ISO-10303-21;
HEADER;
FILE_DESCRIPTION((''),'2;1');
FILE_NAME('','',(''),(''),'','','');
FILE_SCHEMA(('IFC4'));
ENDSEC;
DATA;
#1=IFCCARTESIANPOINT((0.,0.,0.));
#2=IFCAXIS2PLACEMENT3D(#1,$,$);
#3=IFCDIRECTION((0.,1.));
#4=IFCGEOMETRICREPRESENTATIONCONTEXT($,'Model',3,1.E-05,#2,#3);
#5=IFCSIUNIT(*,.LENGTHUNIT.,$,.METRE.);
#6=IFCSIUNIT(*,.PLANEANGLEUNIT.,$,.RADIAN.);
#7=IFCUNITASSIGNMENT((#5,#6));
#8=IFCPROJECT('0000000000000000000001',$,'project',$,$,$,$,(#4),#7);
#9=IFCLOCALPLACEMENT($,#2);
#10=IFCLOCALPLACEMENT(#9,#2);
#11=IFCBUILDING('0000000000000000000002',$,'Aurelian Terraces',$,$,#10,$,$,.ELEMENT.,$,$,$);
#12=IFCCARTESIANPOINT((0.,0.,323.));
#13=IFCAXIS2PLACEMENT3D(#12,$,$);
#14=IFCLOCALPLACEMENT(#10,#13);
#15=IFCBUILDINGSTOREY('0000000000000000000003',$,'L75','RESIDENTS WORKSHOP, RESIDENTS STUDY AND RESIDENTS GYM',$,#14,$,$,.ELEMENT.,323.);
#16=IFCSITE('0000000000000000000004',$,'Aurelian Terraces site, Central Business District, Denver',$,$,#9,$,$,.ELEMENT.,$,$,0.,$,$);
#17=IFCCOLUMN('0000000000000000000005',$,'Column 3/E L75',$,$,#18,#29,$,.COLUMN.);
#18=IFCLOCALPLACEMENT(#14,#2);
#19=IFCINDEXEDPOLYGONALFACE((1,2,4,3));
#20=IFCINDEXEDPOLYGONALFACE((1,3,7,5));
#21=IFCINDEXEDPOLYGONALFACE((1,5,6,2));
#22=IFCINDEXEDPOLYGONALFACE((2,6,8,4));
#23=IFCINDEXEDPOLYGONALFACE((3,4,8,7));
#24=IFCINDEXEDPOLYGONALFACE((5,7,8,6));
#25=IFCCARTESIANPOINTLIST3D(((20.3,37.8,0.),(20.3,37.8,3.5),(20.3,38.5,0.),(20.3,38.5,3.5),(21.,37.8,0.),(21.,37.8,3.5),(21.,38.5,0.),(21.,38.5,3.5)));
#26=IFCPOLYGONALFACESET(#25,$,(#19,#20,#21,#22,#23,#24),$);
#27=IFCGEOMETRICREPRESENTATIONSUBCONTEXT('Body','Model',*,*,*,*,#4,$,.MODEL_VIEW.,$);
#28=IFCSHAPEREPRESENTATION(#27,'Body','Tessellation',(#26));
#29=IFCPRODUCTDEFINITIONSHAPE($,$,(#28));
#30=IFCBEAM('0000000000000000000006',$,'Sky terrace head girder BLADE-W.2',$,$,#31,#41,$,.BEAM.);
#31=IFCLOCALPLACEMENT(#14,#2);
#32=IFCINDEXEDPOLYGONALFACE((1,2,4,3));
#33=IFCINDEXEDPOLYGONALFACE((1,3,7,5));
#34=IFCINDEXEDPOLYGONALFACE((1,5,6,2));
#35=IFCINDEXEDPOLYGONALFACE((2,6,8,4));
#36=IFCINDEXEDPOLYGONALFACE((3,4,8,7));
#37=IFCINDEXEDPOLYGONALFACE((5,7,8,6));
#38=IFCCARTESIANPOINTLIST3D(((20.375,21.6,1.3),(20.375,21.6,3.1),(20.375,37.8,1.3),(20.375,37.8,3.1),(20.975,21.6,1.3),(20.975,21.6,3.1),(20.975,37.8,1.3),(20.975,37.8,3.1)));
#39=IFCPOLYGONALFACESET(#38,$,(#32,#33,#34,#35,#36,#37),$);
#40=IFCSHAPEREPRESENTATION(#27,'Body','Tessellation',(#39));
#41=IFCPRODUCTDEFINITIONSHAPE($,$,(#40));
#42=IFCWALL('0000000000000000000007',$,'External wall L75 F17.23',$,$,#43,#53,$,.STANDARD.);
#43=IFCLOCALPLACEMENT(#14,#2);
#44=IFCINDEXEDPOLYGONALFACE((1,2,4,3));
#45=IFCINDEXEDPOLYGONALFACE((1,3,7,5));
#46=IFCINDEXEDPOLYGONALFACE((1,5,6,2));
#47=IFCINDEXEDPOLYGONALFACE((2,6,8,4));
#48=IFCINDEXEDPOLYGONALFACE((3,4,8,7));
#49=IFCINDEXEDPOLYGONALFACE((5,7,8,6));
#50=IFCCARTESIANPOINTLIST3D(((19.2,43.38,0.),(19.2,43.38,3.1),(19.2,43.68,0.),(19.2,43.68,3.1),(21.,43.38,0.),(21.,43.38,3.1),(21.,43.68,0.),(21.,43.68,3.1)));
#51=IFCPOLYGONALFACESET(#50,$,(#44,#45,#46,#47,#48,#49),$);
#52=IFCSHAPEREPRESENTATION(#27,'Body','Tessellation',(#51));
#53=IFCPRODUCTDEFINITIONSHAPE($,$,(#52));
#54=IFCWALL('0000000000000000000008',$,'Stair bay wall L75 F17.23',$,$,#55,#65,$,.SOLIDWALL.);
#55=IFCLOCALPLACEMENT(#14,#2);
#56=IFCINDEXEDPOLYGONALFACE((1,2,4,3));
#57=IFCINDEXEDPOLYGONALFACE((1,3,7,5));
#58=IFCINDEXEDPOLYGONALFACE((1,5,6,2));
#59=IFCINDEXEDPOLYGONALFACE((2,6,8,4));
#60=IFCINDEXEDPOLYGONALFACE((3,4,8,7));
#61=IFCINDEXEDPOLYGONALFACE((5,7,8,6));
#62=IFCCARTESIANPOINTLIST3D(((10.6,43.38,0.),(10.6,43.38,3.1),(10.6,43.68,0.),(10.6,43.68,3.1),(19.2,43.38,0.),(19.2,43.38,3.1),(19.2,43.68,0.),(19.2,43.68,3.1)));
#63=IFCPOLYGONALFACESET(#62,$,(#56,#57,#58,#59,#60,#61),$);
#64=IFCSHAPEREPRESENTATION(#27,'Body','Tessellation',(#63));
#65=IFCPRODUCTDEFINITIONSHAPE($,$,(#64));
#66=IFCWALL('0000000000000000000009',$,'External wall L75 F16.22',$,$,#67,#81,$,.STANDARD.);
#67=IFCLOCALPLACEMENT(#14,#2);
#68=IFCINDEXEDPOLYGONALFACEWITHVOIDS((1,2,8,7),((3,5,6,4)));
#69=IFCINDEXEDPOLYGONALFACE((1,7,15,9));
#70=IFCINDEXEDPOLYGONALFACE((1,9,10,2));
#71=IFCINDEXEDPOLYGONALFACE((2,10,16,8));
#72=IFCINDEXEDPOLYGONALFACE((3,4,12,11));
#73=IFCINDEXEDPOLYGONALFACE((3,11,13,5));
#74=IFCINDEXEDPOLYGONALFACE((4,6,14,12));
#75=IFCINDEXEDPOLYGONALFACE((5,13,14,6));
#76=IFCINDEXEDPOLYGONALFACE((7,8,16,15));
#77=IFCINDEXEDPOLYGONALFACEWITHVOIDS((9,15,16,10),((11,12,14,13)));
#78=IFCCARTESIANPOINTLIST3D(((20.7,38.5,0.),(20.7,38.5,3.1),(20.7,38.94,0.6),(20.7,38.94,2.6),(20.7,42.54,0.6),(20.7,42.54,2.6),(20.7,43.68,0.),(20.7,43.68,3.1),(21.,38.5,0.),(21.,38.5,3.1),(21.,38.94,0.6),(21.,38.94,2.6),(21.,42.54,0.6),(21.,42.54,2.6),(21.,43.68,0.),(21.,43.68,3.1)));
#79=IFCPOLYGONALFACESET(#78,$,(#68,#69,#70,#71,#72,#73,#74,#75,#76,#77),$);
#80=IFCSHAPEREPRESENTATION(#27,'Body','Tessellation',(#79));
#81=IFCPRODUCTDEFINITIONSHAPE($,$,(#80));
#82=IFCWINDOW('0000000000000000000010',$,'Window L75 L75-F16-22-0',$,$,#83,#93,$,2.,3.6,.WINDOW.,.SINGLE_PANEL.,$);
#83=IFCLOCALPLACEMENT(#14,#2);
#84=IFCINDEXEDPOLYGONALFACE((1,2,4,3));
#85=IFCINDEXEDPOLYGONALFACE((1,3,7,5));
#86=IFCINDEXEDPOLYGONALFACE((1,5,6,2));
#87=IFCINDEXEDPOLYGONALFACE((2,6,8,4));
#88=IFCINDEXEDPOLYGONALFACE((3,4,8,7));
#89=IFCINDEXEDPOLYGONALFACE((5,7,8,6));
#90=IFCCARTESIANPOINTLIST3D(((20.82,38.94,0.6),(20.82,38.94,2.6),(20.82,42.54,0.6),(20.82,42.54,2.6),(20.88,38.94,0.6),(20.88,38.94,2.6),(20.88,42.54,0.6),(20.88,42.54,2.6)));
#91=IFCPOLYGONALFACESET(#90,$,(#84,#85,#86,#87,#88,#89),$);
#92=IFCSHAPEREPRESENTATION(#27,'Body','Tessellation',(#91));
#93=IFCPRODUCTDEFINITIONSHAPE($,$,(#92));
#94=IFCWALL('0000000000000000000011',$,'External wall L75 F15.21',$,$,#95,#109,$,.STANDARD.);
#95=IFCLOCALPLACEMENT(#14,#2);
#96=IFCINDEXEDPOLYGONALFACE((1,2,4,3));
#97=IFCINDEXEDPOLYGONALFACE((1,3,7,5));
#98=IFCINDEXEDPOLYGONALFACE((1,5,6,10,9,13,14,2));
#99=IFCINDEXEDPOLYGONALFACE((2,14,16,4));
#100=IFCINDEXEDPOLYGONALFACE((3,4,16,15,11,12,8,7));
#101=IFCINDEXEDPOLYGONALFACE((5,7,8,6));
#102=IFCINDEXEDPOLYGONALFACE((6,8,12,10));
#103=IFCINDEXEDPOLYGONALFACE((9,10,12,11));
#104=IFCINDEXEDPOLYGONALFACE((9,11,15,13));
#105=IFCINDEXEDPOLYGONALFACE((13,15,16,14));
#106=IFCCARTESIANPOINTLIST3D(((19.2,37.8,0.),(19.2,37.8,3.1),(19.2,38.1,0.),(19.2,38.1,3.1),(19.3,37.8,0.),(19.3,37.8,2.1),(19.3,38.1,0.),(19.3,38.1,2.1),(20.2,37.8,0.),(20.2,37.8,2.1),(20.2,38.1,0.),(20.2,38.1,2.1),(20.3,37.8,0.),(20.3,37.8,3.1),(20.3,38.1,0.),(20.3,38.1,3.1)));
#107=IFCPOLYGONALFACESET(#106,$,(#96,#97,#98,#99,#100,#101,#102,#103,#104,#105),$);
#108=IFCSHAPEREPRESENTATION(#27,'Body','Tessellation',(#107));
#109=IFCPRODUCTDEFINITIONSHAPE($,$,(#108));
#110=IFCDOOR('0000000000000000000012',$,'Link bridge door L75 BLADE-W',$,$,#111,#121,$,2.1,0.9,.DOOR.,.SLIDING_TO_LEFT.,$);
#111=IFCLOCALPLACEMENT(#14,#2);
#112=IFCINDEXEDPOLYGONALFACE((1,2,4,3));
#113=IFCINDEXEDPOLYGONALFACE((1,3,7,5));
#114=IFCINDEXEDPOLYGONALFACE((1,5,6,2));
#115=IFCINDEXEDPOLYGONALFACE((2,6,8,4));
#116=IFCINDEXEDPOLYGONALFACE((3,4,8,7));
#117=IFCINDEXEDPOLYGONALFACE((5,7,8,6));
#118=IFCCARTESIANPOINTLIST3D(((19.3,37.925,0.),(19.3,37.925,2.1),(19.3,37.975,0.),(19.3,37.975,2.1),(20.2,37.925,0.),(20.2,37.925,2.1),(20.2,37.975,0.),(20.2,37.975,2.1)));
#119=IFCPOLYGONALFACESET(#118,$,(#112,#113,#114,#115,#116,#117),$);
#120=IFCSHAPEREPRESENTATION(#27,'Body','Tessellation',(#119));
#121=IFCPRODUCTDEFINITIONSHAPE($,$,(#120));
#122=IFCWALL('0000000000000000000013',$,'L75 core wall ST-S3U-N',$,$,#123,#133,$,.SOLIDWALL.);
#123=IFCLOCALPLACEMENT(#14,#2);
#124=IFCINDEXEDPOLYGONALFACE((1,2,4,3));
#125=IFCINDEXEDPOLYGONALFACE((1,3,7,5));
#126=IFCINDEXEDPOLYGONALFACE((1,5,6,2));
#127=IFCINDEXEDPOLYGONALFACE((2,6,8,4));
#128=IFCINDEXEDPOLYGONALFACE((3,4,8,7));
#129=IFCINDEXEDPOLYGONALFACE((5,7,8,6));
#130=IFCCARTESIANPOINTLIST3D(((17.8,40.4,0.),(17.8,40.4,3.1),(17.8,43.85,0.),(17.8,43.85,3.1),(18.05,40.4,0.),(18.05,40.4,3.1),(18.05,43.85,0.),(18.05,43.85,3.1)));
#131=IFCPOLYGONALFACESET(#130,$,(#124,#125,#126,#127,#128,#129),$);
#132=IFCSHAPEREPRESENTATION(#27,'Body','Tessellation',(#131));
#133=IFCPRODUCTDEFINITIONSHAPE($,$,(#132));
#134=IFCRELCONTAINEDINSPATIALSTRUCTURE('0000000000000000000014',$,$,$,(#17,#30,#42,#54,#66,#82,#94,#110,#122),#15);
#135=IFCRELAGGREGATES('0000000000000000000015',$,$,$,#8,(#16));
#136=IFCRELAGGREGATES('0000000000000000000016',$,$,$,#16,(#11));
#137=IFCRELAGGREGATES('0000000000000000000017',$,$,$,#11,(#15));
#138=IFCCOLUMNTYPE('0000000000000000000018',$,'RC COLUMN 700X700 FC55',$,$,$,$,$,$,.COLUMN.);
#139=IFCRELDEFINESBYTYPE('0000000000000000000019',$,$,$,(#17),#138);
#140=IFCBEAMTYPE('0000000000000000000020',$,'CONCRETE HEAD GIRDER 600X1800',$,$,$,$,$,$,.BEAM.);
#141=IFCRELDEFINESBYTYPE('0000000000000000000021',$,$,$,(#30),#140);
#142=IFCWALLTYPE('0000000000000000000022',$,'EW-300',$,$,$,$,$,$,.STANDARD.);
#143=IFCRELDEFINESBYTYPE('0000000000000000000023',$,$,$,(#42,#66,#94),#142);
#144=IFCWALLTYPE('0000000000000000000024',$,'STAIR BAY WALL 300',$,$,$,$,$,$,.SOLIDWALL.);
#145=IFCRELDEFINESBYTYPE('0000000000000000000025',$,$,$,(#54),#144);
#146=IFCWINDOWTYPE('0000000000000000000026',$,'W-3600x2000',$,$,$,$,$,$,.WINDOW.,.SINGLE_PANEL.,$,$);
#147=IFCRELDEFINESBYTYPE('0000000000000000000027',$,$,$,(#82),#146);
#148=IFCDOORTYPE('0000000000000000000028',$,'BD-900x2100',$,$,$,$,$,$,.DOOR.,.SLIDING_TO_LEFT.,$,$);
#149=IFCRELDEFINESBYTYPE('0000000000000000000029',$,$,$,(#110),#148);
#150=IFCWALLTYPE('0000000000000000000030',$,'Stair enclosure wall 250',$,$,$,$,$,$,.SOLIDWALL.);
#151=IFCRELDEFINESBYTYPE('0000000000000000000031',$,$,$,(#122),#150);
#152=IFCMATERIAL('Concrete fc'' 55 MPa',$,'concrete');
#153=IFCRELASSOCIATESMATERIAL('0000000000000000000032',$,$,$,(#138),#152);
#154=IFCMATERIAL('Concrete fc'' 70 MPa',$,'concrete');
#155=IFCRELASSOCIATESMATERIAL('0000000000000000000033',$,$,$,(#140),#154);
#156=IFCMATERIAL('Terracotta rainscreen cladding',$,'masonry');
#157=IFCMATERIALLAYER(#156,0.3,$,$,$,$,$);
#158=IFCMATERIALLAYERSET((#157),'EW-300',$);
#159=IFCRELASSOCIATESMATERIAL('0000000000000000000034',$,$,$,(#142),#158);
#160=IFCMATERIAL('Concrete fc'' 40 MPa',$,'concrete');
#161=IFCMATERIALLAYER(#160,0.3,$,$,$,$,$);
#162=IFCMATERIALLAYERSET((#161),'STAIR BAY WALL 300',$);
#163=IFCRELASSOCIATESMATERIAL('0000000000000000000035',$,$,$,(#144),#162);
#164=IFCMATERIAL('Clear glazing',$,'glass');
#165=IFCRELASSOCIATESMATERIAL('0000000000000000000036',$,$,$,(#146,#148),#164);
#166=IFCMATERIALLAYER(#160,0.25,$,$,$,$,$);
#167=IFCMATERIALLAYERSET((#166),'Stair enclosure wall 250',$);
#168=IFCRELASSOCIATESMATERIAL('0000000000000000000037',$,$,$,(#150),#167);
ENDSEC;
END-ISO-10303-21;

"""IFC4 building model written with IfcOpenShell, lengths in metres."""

from ifc_helpers import new_model, si_unit, direction, frame, frame_2d, origin, origin_2d, place, context, subcontext, project, spatial, rectangle, extrude, source, transform, mapped, material, layer, layer_set, material_profile, profile_set, type_object, element, fill, save


model = new_model("IFC4")

# Units and contexts
model_context = context("Model", 3, precision=1e-05, world=origin(), true_north=direction((0.0, 1.0)))
body_context = subcontext(model_context, "Body", "Model", "MODEL_VIEW")
ifc_project = project(units=[si_unit("LENGTHUNIT", "METRE"), si_unit("PLANEANGLEUNIT", "RADIAN")], contexts=[model_context])

# Site, building, storey
site_placement = place(None, origin())
site = spatial("IfcSite", under=ifc_project, at=site_placement, Name="Aurelian Terraces site, Central Business District, Denver", CompositionType="ELEMENT", RefElevation=0.0)
building_placement = place(site_placement, origin())
building = spatial("IfcBuilding", under=site, at=building_placement, Name="Aurelian Terraces", CompositionType="ELEMENT")
storey_placement = place(building_placement, frame((0.0, 0.0, 323.0)))
storey = spatial("IfcBuildingStorey", under=building, at=storey_placement, Name="L75", Description="RESIDENTS WORKSHOP, RESIDENTS STUDY AND RESIDENTS GYM", CompositionType="ELEMENT", Elevation=323.0)

# Column
ifc_material_1 = material(Name="Concrete fc' 55 MPa", Category="concrete")
ifc_material_profile_1 = material_profile(ifc_material_1, rectangle(XDim=0.7, YDim=0.7, at=origin_2d()))
ifc_profile_set_1 = profile_set([ifc_material_profile_1], Name="Concrete fc' 55 MPa")
column_type = type_object("IfcColumnType", Name="RC COLUMN 700X700 FC55", PredefinedType="COLUMN", material=ifc_profile_set_1)
shared_shape_1 = source(origin(), body_context, "Body", "SweptSolid", [
    extrude(rectangle(XDim=0.7, YDim=0.7, at=origin_2d()), origin(), (0.0, 0.0, 1.0), 3.5),
])
column_placement = place(storey_placement, frame((20.65, 38.15, 0.0), z_axis=(0.0, 0.0, 1.0), x_axis=(1.0, 0.0, 0.0)))
element("IfcColumn", 1, at=column_placement, inside=storey, type_object=column_type, Name="Column 3/E L75", PredefinedType="COLUMN", context=body_context, shape_type="MappedRepresentation", body=[
    mapped(shared_shape_1, transform((0.0, 0.0, 0.0), scale=1.0)),
])

# Beam
ifc_material_2 = material(Name="Concrete fc' 70 MPa", Category="concrete")
ifc_material_profile_2 = material_profile(ifc_material_2, rectangle(XDim=0.6, YDim=1.8, at=origin_2d()))
ifc_profile_set_2 = profile_set([ifc_material_profile_2], Name="Concrete fc' 70 MPa")
beam_type = type_object("IfcBeamType", Name="CONCRETE HEAD GIRDER 600X1800", PredefinedType="BEAM", material=ifc_profile_set_2)
shared_shape_2 = source(origin(), body_context, "Body", "SweptSolid", [
    extrude(rectangle(XDim=0.6, YDim=1.8, at=origin_2d()), origin(), (0.0, 0.0, 1.0), 16.2),
])
beam_placement = place(storey_placement, frame((20.675, 21.6, 2.2), z_axis=(0.0, 1.0, 0.0), x_axis=(-1.0, 0.0, 0.0)))
element("IfcBeam", 2, at=beam_placement, inside=storey, type_object=beam_type, Name="Sky terrace head girder BLADE-W.2", PredefinedType="BEAM", context=body_context, shape_type="MappedRepresentation", body=[
    mapped(shared_shape_2, transform((0.0, 0.0, 0.0), scale=1.0)),
])

# Walls
ifc_material_3 = material(Name="Terracotta rainscreen cladding", Category="masonry")
ifc_layer_1 = layer(ifc_material_3, 0.3)
ifc_layer_set_1 = layer_set([ifc_layer_1], Name="EW-300")
wall_type_1 = type_object("IfcWallType", Name="EW-300", PredefinedType="STANDARD", material=ifc_layer_set_1)
shared_shape_3 = source(origin(), body_context, "Body", "SweptSolid", [
    extrude(rectangle(XDim=1.8, YDim=0.3, at=frame_2d((0.9, 0.0))), origin(), (0.0, 0.0, 1.0), 3.1),
])
wall_1_placement = place(storey_placement, frame((21.0, 43.53, 0.0), z_axis=(0.0, 0.0, 1.0), x_axis=(-1.0, 0.0, 0.0)))
element("IfcWall", 3, at=wall_1_placement, inside=storey, type_object=wall_type_1, Name="External wall L75 F17.23", PredefinedType="STANDARD", context=body_context, shape_type="MappedRepresentation", body=[
    mapped(shared_shape_3, transform((0.0, 0.0, 0.0), scale=1.0)),
])
ifc_material_4 = material(Name="Concrete fc' 40 MPa", Category="concrete")
ifc_layer_2 = layer(ifc_material_4, 0.3)
ifc_layer_set_2 = layer_set([ifc_layer_2], Name="STAIR BAY WALL 300")
wall_type_2 = type_object("IfcWallType", Name="STAIR BAY WALL 300", PredefinedType="SOLIDWALL", material=ifc_layer_set_2)
shared_shape_4 = source(origin(), body_context, "Body", "SweptSolid", [
    extrude(rectangle(XDim=8.6, YDim=0.3, at=frame_2d((4.3, 0.0))), origin(), (0.0, 0.0, 1.0), 3.1),
])
wall_2_placement = place(storey_placement, frame((19.2, 43.53, 0.0), z_axis=(0.0, 0.0, 1.0), x_axis=(-1.0, 0.0, 0.0)))
element("IfcWall", 4, at=wall_2_placement, inside=storey, type_object=wall_type_2, Name="Stair bay wall L75 F17.23", PredefinedType="SOLIDWALL", context=body_context, shape_type="MappedRepresentation", body=[
    mapped(shared_shape_4, transform((0.0, 0.0, 0.0), scale=1.0)),
])

# Wall, opening, window
shared_shape_5 = source(origin(), body_context, "Body", "SweptSolid", [
    extrude(rectangle(XDim=5.18, YDim=0.3, at=frame_2d((2.59, 0.0))), origin(), (0.0, 0.0, 1.0), 3.1),
])
wall_3_placement = place(storey_placement, frame((20.85, 38.5, 0.0), z_axis=(0.0, 0.0, 1.0), x_axis=(0.0, 1.0, 0.0)))
wall_3 = element("IfcWall", 5, at=wall_3_placement, inside=storey, type_object=wall_type_1, Name="External wall L75 F16.22", PredefinedType="STANDARD", context=body_context, shape_type="MappedRepresentation", body=[
    mapped(shared_shape_5, transform((0.0, 0.0, 0.0), scale=1.0)),
])
shared_shape_6 = source(origin(), body_context, "Body", "SweptSolid", [
    extrude(rectangle(XDim=3.6, YDim=2.0, at=frame_2d((1.8, 1.0))), frame((0.0, 0.16, 0.0), z_axis=(0.0, -1.0, 0.0), x_axis=(1.0, 0.0, 0.0)), (0.0, 0.0, 1.0), 0.32),
])
opening_1_placement = place(wall_3_placement, frame((0.44, 0.0, 0.6)))
opening_1 = element("IfcOpeningElement", 6, at=opening_1_placement, cuts=wall_3, PredefinedType="OPENING", context=body_context, shape_type="MappedRepresentation", body=[
    mapped(shared_shape_6, transform((0.0, 0.0, 0.0), scale=1.0)),
])
ifc_material_5 = material(Name="Clear glazing", Category="glass")
window_type = type_object("IfcWindowType", Name="W-3600x2000", PartitioningType="SINGLE_PANEL", PredefinedType="WINDOW", material=ifc_material_5)
shared_shape_7 = source(origin(), body_context, "Body", "SweptSolid", [
    extrude(rectangle(XDim=3.6, YDim=2.0, at=frame_2d((1.8, 1.0))), frame((0.0, 0.03, 0.0), z_axis=(0.0, -1.0, 0.0), x_axis=(1.0, 0.0, 0.0)), (0.0, 0.0, 1.0), 0.06),
])
window_placement = place(opening_1_placement, origin())
window = element("IfcWindow", 7, at=window_placement, inside=storey, type_object=window_type, Name="Window L75 L75-F16-22-0", OverallHeight=2.0, OverallWidth=3.6, PartitioningType="SINGLE_PANEL", PredefinedType="WINDOW", context=body_context, shape_type="MappedRepresentation", body=[
    mapped(shared_shape_7, transform((0.0, 0.0, 0.0), scale=1.0)),
])
fill(opening_1, window)

# Wall, opening, door
shared_shape_8 = source(origin(), body_context, "Body", "SweptSolid", [
    extrude(rectangle(XDim=1.1, YDim=0.3, at=frame_2d((0.55, 0.0))), origin(), (0.0, 0.0, 1.0), 3.1),
])
wall_4_placement = place(storey_placement, frame((19.2, 37.95, 0.0), z_axis=(0.0, 0.0, 1.0), x_axis=(1.0, 0.0, 0.0)))
wall_4 = element("IfcWall", 8, at=wall_4_placement, inside=storey, type_object=wall_type_1, Name="External wall L75 F15.21", PredefinedType="STANDARD", context=body_context, shape_type="MappedRepresentation", body=[
    mapped(shared_shape_8, transform((0.0, 0.0, 0.0), scale=1.0)),
])
shared_shape_9 = source(origin(), body_context, "Body", "SweptSolid", [
    extrude(rectangle(XDim=0.9, YDim=2.1, at=frame_2d((0.45, 1.05))), frame((0.0, 0.16, 0.0), z_axis=(0.0, -1.0, 0.0), x_axis=(1.0, 0.0, 0.0)), (0.0, 0.0, 1.0), 0.32),
])
opening_2_placement = place(wall_4_placement, frame((0.1, 0.0, 0.0)))
opening_2 = element("IfcOpeningElement", 9, at=opening_2_placement, cuts=wall_4, PredefinedType="OPENING", context=body_context, shape_type="MappedRepresentation", body=[
    mapped(shared_shape_9, transform((0.0, 0.0, 0.0), scale=1.0)),
])
door_type_1 = type_object("IfcDoorType", Name="BD-900x2100", OperationType="SLIDING_TO_LEFT", PredefinedType="DOOR", material=ifc_material_5)
shared_shape_10 = source(origin(), body_context, "Body", "SweptSolid", [
    extrude(rectangle(XDim=0.9, YDim=2.1, at=frame_2d((0.45, 1.05))), frame((0.0, 0.025, 0.0), z_axis=(0.0, -1.0, 0.0), x_axis=(1.0, 0.0, 0.0)), (0.0, 0.0, 1.0), 0.05),
])
door_1_placement = place(opening_2_placement, origin())
door_1 = element("IfcDoor", 10, at=door_1_placement, inside=storey, type_object=door_type_1, Name="Link bridge door L75 BLADE-W", OperationType="SLIDING_TO_LEFT", OverallHeight=2.1, OverallWidth=0.9, PredefinedType="DOOR", context=body_context, shape_type="MappedRepresentation", body=[
    mapped(shared_shape_10, transform((0.0, 0.0, 0.0), scale=1.0)),
])
fill(opening_2, door_1)

# Wall
ifc_layer_3 = layer(ifc_material_4, 0.25)
ifc_layer_set_3 = layer_set([ifc_layer_3], Name="Stair enclosure wall 250")
wall_type_3 = type_object("IfcWallType", Name="Stair enclosure wall 250", PredefinedType="SOLIDWALL", material=ifc_layer_set_3)
shared_shape_11 = source(origin(), body_context, "Body", "SweptSolid", [
    extrude(rectangle(XDim=3.45, YDim=0.25, at=frame_2d((1.725, 0.0))), origin(), (0.0, 0.0, 1.0), 3.1),
])
wall_5_placement = place(storey_placement, frame((17.925, 40.4, 0.0), z_axis=(0.0, 0.0, 1.0), x_axis=(0.0, 1.0, 0.0)))
element("IfcWall", 11, at=wall_5_placement, inside=storey, type_object=wall_type_3, Name="L75 core wall ST-S3U-N", PredefinedType="SOLIDWALL", context=body_context, shape_type="MappedRepresentation", body=[
    mapped(shared_shape_11, transform((0.0, 0.0, 0.0), scale=1.0)),
])

save(model, "model.ifc")
